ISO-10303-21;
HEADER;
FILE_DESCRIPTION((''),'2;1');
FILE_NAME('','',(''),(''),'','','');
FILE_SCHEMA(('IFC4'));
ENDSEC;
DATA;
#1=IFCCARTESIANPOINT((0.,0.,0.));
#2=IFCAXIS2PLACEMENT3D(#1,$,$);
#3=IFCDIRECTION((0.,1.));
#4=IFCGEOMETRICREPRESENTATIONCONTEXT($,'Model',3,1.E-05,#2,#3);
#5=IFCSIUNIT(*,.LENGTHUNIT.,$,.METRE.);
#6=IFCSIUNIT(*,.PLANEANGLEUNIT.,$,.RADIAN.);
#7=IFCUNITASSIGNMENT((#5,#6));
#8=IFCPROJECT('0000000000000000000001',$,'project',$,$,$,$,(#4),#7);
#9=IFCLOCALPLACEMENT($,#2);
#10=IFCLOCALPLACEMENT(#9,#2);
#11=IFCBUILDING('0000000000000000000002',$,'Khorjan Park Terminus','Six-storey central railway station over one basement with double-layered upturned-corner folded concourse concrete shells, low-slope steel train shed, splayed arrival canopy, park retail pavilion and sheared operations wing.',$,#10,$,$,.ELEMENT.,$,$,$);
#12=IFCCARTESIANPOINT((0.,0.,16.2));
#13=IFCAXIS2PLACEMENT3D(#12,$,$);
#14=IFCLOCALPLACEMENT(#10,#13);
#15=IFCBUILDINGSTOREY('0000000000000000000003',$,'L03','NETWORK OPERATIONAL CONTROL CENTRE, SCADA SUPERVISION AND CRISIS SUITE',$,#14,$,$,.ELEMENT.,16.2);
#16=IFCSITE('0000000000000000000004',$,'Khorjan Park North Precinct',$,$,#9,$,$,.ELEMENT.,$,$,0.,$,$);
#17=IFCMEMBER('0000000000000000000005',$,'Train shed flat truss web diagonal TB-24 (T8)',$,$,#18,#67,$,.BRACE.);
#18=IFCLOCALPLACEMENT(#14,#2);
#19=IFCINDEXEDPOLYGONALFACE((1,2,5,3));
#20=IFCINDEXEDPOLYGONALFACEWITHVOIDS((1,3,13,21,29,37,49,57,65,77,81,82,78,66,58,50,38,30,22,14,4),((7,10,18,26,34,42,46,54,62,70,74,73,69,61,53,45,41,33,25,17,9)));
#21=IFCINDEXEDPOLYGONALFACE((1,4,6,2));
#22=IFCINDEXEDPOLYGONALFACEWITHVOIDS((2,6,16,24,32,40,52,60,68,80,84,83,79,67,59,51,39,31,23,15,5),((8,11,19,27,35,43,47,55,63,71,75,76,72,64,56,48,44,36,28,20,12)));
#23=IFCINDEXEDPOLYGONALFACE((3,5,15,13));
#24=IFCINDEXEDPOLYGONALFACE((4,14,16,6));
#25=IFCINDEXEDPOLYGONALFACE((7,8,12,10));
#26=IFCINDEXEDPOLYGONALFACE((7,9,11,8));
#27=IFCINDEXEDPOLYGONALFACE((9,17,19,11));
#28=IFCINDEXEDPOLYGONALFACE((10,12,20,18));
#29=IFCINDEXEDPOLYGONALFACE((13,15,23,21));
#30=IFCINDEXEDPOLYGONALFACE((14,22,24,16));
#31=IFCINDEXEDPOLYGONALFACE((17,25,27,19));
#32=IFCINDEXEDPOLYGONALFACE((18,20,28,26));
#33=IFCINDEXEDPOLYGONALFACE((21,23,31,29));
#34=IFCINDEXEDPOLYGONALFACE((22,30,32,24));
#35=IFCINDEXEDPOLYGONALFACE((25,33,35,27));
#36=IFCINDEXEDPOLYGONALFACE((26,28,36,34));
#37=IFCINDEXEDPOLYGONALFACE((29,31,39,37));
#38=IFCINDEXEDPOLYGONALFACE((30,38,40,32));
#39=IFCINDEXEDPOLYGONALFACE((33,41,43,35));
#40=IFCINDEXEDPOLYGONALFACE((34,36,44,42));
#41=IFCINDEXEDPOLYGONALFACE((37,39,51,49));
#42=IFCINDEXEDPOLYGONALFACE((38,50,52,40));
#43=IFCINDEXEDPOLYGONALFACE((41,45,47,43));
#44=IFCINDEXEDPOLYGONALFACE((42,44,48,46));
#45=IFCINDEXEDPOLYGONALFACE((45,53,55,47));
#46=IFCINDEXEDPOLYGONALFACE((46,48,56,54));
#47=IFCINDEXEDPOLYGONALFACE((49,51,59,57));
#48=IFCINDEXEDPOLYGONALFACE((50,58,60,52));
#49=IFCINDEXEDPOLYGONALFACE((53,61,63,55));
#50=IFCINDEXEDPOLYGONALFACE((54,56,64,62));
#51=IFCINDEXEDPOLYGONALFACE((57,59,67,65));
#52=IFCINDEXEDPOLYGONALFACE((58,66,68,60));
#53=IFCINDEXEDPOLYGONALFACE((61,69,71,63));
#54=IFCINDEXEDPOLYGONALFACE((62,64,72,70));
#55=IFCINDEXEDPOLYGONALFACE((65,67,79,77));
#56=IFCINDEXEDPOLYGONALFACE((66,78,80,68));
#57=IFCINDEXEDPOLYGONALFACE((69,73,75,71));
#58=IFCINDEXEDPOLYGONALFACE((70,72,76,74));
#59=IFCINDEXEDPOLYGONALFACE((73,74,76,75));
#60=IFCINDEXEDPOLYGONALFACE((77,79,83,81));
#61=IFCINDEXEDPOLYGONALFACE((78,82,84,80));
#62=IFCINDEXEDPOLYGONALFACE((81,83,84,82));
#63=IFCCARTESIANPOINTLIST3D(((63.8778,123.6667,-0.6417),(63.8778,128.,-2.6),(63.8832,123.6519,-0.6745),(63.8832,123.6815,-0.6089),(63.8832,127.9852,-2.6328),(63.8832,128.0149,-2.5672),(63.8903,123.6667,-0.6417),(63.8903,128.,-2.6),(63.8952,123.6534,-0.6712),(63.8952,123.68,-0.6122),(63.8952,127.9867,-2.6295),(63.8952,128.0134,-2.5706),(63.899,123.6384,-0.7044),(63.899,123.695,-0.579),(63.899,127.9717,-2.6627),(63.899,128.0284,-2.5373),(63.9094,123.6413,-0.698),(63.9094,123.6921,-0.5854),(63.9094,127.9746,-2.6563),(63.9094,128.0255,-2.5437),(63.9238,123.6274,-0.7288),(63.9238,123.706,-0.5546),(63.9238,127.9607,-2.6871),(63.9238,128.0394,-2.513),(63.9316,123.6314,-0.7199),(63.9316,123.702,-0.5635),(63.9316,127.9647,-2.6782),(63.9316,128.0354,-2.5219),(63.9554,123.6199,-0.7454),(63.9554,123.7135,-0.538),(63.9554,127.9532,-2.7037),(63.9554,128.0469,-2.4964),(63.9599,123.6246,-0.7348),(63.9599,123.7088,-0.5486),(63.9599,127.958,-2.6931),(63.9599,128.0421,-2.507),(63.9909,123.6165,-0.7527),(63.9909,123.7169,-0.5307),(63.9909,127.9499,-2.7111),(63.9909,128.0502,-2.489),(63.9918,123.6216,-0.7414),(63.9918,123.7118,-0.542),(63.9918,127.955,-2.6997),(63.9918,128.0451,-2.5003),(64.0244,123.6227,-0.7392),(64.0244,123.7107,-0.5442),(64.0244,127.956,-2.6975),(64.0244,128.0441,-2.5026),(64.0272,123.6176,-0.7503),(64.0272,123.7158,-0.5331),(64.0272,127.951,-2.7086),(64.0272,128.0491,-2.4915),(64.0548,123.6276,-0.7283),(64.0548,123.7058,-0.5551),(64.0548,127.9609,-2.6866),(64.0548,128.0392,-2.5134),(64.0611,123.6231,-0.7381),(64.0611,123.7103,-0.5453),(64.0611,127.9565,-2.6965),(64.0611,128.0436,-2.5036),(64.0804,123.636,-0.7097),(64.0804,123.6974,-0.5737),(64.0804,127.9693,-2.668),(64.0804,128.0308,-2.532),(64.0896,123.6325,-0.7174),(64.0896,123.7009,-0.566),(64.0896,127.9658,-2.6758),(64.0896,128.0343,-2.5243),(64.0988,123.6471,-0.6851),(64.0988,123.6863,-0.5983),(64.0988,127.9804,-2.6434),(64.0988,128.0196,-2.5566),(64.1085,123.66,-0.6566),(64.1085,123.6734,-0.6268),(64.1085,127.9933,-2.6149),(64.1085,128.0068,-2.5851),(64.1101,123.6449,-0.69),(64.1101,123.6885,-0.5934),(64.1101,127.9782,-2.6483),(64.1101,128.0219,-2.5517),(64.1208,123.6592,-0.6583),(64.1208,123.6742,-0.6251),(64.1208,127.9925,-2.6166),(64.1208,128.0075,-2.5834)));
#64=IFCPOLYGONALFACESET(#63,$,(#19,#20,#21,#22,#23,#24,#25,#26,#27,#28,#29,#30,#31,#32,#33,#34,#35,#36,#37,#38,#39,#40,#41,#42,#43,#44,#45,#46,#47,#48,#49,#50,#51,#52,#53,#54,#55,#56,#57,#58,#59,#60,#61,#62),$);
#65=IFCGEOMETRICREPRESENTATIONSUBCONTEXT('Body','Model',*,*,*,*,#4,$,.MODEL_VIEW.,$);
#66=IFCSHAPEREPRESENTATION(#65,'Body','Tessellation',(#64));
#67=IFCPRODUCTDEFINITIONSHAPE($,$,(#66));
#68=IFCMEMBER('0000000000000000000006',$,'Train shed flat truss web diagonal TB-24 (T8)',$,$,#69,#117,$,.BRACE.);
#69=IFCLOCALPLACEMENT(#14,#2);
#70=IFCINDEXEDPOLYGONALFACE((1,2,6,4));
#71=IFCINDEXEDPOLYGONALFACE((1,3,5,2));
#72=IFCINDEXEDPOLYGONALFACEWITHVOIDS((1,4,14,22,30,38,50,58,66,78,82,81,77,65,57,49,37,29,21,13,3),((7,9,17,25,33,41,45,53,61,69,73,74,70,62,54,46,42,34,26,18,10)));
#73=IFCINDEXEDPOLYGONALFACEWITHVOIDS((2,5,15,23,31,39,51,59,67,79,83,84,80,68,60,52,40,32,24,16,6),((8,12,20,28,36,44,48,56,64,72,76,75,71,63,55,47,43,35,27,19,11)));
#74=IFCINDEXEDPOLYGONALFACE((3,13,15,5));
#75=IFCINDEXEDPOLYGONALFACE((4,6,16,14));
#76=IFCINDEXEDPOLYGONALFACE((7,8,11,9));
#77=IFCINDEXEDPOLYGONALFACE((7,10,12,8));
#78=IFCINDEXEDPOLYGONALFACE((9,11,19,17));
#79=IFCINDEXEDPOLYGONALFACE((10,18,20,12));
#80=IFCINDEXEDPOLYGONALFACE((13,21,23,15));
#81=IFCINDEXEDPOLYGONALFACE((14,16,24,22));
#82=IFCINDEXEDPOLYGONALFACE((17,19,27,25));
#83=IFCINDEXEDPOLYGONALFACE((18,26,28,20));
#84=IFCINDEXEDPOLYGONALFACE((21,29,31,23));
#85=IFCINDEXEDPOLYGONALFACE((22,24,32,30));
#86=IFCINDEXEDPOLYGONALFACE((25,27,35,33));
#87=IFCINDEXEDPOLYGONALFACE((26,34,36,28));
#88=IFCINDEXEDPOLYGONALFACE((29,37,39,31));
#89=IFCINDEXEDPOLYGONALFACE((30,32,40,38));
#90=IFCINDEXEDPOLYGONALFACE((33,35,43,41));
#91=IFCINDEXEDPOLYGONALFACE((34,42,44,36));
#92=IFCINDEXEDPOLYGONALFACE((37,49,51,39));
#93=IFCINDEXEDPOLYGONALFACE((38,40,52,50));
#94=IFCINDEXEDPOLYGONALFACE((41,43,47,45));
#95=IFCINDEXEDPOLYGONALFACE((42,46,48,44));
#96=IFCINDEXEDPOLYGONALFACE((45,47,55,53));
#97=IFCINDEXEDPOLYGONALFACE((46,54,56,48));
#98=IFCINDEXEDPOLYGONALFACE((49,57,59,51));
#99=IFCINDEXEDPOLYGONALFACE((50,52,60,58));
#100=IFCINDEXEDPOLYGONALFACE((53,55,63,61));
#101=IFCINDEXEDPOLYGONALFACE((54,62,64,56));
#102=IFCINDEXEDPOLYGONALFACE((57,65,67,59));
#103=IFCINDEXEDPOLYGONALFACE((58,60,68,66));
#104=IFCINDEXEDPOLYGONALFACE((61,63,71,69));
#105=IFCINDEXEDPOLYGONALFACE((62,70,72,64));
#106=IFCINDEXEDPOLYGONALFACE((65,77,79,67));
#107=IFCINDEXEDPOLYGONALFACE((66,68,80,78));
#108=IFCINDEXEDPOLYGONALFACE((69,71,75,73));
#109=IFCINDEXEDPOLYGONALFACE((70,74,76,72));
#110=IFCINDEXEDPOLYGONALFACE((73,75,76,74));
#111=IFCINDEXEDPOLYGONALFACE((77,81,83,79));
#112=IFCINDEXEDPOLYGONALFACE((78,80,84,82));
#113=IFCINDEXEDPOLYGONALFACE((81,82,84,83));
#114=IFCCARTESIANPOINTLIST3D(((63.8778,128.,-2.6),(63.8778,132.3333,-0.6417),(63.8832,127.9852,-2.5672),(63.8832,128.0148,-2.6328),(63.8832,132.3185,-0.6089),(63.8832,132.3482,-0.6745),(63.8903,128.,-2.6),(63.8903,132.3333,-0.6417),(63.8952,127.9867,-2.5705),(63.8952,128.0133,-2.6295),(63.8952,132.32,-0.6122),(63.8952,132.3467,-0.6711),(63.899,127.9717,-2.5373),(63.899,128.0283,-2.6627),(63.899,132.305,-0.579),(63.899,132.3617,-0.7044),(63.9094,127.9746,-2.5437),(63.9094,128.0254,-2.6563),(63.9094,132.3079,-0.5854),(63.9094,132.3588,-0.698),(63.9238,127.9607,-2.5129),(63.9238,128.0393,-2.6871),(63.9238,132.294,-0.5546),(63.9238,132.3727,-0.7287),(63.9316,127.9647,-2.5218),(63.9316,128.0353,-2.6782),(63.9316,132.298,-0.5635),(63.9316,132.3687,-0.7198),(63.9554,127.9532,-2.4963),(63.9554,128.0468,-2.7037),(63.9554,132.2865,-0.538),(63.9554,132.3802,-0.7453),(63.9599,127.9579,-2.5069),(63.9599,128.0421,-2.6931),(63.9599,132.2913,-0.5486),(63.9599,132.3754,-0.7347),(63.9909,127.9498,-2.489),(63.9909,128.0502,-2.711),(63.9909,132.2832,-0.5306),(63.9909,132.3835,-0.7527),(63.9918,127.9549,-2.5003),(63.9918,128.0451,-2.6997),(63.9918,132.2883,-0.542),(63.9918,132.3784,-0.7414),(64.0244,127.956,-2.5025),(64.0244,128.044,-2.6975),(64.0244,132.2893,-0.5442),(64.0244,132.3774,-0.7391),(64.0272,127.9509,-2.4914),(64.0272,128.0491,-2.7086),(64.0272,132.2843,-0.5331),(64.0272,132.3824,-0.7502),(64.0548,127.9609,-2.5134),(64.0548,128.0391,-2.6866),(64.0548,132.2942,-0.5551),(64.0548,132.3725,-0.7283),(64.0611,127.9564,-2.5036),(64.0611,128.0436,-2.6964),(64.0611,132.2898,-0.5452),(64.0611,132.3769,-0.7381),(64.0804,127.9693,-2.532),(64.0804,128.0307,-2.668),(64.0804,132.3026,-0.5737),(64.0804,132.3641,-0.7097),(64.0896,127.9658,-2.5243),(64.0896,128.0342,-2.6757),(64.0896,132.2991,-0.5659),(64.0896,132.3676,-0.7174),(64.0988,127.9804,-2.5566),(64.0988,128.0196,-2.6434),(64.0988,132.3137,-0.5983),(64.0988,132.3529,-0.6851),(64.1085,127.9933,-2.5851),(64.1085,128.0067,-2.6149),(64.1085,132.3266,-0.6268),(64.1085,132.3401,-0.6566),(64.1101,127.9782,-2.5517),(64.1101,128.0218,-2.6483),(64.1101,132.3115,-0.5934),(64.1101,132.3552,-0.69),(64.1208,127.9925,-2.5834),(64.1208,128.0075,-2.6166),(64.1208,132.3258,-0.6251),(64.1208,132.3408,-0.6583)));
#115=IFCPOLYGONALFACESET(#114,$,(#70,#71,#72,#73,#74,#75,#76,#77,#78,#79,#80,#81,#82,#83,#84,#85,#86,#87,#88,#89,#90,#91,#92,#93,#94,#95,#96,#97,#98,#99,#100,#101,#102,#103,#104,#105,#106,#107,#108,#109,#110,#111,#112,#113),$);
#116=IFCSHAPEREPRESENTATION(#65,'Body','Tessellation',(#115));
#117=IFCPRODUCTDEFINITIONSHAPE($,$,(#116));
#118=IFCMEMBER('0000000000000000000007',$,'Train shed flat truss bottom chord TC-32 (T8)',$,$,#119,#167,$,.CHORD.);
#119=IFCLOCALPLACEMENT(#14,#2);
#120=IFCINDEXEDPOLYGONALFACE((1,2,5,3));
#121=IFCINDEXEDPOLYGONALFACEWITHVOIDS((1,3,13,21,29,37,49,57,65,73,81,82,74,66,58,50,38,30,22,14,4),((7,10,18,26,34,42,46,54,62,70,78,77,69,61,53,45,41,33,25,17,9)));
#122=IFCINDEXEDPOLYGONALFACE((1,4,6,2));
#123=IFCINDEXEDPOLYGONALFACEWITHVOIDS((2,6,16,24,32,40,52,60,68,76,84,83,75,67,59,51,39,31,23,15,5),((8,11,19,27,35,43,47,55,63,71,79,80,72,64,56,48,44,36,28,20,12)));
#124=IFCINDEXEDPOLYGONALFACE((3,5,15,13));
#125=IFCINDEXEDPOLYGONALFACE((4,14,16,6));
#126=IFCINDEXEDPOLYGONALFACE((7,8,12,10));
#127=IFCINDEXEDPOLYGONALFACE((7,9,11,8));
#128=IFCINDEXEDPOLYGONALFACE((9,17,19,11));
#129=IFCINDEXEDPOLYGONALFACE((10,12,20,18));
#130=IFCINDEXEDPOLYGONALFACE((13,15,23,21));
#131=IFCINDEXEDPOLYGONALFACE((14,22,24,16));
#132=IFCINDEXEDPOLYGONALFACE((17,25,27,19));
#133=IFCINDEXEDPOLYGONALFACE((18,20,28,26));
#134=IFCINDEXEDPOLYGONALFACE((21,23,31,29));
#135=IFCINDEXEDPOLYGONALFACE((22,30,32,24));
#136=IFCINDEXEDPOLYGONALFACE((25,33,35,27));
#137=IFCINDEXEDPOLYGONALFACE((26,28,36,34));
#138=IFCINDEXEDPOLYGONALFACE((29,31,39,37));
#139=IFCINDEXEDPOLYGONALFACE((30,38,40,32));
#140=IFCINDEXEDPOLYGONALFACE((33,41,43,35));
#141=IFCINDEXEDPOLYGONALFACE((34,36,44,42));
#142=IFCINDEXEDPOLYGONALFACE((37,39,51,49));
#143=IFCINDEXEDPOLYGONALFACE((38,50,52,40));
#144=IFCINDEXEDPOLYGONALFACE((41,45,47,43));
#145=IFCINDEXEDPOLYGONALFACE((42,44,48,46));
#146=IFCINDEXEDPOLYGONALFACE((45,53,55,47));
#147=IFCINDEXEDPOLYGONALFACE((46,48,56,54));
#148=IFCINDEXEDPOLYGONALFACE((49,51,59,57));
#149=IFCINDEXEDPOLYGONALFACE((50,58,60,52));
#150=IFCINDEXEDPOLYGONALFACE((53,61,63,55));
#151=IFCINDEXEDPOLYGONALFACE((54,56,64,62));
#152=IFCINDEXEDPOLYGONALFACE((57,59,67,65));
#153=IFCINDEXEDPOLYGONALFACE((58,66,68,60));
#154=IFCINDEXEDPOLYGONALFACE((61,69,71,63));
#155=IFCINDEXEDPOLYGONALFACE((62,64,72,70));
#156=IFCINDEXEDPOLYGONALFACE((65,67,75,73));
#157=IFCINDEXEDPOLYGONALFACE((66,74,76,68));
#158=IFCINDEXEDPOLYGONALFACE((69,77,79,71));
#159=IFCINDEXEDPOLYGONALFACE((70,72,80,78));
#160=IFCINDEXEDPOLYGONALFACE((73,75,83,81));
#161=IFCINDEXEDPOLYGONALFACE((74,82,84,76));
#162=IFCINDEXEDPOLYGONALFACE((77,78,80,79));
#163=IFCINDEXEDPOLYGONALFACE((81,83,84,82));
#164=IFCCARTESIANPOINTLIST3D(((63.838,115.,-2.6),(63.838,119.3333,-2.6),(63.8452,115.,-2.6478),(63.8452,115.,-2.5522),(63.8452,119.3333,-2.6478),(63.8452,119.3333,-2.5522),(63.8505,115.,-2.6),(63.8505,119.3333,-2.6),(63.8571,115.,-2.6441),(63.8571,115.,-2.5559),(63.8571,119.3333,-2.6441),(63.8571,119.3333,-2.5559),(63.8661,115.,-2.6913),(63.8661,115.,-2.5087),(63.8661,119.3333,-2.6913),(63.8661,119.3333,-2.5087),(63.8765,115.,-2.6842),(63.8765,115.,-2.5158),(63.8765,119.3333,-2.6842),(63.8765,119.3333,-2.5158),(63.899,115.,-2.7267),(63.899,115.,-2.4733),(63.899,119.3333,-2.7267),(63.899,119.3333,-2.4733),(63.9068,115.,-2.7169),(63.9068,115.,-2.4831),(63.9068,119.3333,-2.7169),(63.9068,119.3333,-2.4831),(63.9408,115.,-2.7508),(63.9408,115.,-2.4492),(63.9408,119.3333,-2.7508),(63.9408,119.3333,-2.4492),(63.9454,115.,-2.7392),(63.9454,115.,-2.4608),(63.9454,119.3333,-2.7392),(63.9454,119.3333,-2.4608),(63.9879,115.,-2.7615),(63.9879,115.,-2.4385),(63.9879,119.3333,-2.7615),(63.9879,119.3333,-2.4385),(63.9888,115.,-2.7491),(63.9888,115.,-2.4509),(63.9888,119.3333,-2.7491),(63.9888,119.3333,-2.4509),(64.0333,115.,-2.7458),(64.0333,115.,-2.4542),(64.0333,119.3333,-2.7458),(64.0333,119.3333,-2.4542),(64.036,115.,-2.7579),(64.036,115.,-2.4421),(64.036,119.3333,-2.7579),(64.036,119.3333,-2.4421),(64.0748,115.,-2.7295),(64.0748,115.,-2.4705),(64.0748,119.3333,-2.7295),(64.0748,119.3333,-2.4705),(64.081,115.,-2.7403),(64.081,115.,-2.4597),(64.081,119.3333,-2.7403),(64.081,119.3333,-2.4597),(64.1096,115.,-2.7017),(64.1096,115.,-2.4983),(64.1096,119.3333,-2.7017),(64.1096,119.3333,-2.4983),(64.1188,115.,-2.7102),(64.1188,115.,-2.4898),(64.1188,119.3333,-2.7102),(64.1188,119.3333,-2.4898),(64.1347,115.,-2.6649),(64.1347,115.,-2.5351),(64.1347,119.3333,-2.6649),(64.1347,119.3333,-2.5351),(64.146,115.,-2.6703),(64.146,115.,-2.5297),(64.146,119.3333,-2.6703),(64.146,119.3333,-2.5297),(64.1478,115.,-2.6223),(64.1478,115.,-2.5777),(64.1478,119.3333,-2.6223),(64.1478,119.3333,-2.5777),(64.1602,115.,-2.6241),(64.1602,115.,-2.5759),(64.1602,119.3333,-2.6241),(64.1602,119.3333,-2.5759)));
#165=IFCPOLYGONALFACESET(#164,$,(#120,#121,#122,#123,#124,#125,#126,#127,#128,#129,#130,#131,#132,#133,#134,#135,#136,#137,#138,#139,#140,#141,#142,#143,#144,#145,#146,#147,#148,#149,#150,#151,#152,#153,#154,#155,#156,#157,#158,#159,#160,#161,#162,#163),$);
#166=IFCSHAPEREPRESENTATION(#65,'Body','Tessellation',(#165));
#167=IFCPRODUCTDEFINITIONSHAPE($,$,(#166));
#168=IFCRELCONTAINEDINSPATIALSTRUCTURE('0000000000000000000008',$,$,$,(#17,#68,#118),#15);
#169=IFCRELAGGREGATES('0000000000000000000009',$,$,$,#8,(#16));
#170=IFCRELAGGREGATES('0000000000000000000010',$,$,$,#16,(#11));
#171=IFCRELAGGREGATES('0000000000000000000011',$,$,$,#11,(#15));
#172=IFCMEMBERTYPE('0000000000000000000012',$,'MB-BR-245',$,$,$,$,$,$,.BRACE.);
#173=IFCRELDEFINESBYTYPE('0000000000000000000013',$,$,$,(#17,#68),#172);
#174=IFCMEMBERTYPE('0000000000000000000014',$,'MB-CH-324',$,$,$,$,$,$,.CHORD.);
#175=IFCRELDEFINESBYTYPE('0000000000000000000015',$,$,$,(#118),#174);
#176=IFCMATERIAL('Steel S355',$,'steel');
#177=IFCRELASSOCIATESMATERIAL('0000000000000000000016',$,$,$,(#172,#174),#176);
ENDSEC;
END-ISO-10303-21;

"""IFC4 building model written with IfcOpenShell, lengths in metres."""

from ifc_helpers import new_model, si_unit, direction, frame, origin, origin_2d, place, context, subcontext, project, spatial, hollow_circle, extrude, material, material_profile, profile_set, type_object, element, save


model = new_model("IFC4")

# Units and contexts
model_context = context("Model", 3, precision=1e-05, world=origin(), true_north=direction((0.0, 1.0)))
body_context = subcontext(model_context, "Body", "Model", "MODEL_VIEW")
ifc_project = project(units=[si_unit("LENGTHUNIT", "METRE"), si_unit("PLANEANGLEUNIT", "RADIAN")], contexts=[model_context])

# Site, building, storey
site_placement = place(None, origin())
site = spatial("IfcSite", under=ifc_project, at=site_placement, Name="Khorjan Park North Precinct", CompositionType="ELEMENT", RefElevation=0.0)
building_placement = place(site_placement, origin())
building = spatial("IfcBuilding", under=site, at=building_placement, Name="Khorjan Park Terminus", Description="Six-storey central railway station over one basement with double-layered upturned-corner folded concourse concrete shells, low-slope steel train shed, splayed arrival canopy, park retail pavilion and sheared operations wing.", CompositionType="ELEMENT")
storey_placement = place(building_placement, frame((0.0, 0.0, 16.2)))
storey = spatial("IfcBuildingStorey", under=building, at=storey_placement, Name="L03", Description="NETWORK OPERATIONAL CONTROL CENTRE, SCADA SUPERVISION AND CRISIS SUITE", CompositionType="ELEMENT", Elevation=16.2)

# Members
ifc_material = material(Name="Steel S355", Category="steel")
ifc_material_profile_1 = material_profile(ifc_material, hollow_circle(Radius=0.1222, WallThickness=0.0125, at=origin_2d()), Name="CHS 244.5x12.5")
ifc_profile_set_1 = profile_set([ifc_material_profile_1], Name="Steel S355")
member_type_1 = type_object("IfcMemberType", Name="MB-BR-245", PredefinedType="BRACE", material=ifc_profile_set_1)
for number, where, z_axis, x_axis, name in (
    (1, (64.0, 123.6667, -0.6417), (0.0, 0.911266, -0.411818), (-1.0, 0.0, 0.0), "Train shed flat truss web diagonal TB-24 (T8)"),
    (2, (64.0, 128.0, -2.6), (0.0, 0.911266, 0.411818), (-1.0, 0.0, 0.0), "Train shed flat truss web diagonal TB-24 (T8)"),
):
    element("IfcMember", number, at=place(storey_placement, frame(where, z_axis=z_axis, x_axis=x_axis)), inside=storey, type_object=member_type_1, Name=name, PredefinedType="BRACE", context=body_context, shape_type="SweptSolid", body=[
        extrude(hollow_circle(Radius=0.1222, WallThickness=0.0125, at=origin_2d()), origin(), (0.0, 0.0, 1.0), 4.7553),
    ])
ifc_material_profile_2 = material_profile(ifc_material, hollow_circle(Radius=0.162, WallThickness=0.0125, at=origin_2d()), Name="CHS 323.9x12.5")
ifc_profile_set_2 = profile_set([ifc_material_profile_2], Name="Steel S355")
member_type_2 = type_object("IfcMemberType", Name="MB-CH-324", PredefinedType="CHORD", material=ifc_profile_set_2)
member_1_placement = place(storey_placement, frame((64.0, 115.0, -2.6), z_axis=(0.0, 1.0, 0.0), x_axis=(-1.0, 0.0, 0.0)))
element("IfcMember", 3, at=member_1_placement, inside=storey, type_object=member_type_2, Name="Train shed flat truss bottom chord TC-32 (T8)", PredefinedType="CHORD", context=body_context, shape_type="SweptSolid", body=[
    extrude(hollow_circle(Radius=0.162, WallThickness=0.0125, at=origin_2d()), origin(), (0.0, 0.0, 1.0), 4.3333),
])

save(model, "model.ifc")
